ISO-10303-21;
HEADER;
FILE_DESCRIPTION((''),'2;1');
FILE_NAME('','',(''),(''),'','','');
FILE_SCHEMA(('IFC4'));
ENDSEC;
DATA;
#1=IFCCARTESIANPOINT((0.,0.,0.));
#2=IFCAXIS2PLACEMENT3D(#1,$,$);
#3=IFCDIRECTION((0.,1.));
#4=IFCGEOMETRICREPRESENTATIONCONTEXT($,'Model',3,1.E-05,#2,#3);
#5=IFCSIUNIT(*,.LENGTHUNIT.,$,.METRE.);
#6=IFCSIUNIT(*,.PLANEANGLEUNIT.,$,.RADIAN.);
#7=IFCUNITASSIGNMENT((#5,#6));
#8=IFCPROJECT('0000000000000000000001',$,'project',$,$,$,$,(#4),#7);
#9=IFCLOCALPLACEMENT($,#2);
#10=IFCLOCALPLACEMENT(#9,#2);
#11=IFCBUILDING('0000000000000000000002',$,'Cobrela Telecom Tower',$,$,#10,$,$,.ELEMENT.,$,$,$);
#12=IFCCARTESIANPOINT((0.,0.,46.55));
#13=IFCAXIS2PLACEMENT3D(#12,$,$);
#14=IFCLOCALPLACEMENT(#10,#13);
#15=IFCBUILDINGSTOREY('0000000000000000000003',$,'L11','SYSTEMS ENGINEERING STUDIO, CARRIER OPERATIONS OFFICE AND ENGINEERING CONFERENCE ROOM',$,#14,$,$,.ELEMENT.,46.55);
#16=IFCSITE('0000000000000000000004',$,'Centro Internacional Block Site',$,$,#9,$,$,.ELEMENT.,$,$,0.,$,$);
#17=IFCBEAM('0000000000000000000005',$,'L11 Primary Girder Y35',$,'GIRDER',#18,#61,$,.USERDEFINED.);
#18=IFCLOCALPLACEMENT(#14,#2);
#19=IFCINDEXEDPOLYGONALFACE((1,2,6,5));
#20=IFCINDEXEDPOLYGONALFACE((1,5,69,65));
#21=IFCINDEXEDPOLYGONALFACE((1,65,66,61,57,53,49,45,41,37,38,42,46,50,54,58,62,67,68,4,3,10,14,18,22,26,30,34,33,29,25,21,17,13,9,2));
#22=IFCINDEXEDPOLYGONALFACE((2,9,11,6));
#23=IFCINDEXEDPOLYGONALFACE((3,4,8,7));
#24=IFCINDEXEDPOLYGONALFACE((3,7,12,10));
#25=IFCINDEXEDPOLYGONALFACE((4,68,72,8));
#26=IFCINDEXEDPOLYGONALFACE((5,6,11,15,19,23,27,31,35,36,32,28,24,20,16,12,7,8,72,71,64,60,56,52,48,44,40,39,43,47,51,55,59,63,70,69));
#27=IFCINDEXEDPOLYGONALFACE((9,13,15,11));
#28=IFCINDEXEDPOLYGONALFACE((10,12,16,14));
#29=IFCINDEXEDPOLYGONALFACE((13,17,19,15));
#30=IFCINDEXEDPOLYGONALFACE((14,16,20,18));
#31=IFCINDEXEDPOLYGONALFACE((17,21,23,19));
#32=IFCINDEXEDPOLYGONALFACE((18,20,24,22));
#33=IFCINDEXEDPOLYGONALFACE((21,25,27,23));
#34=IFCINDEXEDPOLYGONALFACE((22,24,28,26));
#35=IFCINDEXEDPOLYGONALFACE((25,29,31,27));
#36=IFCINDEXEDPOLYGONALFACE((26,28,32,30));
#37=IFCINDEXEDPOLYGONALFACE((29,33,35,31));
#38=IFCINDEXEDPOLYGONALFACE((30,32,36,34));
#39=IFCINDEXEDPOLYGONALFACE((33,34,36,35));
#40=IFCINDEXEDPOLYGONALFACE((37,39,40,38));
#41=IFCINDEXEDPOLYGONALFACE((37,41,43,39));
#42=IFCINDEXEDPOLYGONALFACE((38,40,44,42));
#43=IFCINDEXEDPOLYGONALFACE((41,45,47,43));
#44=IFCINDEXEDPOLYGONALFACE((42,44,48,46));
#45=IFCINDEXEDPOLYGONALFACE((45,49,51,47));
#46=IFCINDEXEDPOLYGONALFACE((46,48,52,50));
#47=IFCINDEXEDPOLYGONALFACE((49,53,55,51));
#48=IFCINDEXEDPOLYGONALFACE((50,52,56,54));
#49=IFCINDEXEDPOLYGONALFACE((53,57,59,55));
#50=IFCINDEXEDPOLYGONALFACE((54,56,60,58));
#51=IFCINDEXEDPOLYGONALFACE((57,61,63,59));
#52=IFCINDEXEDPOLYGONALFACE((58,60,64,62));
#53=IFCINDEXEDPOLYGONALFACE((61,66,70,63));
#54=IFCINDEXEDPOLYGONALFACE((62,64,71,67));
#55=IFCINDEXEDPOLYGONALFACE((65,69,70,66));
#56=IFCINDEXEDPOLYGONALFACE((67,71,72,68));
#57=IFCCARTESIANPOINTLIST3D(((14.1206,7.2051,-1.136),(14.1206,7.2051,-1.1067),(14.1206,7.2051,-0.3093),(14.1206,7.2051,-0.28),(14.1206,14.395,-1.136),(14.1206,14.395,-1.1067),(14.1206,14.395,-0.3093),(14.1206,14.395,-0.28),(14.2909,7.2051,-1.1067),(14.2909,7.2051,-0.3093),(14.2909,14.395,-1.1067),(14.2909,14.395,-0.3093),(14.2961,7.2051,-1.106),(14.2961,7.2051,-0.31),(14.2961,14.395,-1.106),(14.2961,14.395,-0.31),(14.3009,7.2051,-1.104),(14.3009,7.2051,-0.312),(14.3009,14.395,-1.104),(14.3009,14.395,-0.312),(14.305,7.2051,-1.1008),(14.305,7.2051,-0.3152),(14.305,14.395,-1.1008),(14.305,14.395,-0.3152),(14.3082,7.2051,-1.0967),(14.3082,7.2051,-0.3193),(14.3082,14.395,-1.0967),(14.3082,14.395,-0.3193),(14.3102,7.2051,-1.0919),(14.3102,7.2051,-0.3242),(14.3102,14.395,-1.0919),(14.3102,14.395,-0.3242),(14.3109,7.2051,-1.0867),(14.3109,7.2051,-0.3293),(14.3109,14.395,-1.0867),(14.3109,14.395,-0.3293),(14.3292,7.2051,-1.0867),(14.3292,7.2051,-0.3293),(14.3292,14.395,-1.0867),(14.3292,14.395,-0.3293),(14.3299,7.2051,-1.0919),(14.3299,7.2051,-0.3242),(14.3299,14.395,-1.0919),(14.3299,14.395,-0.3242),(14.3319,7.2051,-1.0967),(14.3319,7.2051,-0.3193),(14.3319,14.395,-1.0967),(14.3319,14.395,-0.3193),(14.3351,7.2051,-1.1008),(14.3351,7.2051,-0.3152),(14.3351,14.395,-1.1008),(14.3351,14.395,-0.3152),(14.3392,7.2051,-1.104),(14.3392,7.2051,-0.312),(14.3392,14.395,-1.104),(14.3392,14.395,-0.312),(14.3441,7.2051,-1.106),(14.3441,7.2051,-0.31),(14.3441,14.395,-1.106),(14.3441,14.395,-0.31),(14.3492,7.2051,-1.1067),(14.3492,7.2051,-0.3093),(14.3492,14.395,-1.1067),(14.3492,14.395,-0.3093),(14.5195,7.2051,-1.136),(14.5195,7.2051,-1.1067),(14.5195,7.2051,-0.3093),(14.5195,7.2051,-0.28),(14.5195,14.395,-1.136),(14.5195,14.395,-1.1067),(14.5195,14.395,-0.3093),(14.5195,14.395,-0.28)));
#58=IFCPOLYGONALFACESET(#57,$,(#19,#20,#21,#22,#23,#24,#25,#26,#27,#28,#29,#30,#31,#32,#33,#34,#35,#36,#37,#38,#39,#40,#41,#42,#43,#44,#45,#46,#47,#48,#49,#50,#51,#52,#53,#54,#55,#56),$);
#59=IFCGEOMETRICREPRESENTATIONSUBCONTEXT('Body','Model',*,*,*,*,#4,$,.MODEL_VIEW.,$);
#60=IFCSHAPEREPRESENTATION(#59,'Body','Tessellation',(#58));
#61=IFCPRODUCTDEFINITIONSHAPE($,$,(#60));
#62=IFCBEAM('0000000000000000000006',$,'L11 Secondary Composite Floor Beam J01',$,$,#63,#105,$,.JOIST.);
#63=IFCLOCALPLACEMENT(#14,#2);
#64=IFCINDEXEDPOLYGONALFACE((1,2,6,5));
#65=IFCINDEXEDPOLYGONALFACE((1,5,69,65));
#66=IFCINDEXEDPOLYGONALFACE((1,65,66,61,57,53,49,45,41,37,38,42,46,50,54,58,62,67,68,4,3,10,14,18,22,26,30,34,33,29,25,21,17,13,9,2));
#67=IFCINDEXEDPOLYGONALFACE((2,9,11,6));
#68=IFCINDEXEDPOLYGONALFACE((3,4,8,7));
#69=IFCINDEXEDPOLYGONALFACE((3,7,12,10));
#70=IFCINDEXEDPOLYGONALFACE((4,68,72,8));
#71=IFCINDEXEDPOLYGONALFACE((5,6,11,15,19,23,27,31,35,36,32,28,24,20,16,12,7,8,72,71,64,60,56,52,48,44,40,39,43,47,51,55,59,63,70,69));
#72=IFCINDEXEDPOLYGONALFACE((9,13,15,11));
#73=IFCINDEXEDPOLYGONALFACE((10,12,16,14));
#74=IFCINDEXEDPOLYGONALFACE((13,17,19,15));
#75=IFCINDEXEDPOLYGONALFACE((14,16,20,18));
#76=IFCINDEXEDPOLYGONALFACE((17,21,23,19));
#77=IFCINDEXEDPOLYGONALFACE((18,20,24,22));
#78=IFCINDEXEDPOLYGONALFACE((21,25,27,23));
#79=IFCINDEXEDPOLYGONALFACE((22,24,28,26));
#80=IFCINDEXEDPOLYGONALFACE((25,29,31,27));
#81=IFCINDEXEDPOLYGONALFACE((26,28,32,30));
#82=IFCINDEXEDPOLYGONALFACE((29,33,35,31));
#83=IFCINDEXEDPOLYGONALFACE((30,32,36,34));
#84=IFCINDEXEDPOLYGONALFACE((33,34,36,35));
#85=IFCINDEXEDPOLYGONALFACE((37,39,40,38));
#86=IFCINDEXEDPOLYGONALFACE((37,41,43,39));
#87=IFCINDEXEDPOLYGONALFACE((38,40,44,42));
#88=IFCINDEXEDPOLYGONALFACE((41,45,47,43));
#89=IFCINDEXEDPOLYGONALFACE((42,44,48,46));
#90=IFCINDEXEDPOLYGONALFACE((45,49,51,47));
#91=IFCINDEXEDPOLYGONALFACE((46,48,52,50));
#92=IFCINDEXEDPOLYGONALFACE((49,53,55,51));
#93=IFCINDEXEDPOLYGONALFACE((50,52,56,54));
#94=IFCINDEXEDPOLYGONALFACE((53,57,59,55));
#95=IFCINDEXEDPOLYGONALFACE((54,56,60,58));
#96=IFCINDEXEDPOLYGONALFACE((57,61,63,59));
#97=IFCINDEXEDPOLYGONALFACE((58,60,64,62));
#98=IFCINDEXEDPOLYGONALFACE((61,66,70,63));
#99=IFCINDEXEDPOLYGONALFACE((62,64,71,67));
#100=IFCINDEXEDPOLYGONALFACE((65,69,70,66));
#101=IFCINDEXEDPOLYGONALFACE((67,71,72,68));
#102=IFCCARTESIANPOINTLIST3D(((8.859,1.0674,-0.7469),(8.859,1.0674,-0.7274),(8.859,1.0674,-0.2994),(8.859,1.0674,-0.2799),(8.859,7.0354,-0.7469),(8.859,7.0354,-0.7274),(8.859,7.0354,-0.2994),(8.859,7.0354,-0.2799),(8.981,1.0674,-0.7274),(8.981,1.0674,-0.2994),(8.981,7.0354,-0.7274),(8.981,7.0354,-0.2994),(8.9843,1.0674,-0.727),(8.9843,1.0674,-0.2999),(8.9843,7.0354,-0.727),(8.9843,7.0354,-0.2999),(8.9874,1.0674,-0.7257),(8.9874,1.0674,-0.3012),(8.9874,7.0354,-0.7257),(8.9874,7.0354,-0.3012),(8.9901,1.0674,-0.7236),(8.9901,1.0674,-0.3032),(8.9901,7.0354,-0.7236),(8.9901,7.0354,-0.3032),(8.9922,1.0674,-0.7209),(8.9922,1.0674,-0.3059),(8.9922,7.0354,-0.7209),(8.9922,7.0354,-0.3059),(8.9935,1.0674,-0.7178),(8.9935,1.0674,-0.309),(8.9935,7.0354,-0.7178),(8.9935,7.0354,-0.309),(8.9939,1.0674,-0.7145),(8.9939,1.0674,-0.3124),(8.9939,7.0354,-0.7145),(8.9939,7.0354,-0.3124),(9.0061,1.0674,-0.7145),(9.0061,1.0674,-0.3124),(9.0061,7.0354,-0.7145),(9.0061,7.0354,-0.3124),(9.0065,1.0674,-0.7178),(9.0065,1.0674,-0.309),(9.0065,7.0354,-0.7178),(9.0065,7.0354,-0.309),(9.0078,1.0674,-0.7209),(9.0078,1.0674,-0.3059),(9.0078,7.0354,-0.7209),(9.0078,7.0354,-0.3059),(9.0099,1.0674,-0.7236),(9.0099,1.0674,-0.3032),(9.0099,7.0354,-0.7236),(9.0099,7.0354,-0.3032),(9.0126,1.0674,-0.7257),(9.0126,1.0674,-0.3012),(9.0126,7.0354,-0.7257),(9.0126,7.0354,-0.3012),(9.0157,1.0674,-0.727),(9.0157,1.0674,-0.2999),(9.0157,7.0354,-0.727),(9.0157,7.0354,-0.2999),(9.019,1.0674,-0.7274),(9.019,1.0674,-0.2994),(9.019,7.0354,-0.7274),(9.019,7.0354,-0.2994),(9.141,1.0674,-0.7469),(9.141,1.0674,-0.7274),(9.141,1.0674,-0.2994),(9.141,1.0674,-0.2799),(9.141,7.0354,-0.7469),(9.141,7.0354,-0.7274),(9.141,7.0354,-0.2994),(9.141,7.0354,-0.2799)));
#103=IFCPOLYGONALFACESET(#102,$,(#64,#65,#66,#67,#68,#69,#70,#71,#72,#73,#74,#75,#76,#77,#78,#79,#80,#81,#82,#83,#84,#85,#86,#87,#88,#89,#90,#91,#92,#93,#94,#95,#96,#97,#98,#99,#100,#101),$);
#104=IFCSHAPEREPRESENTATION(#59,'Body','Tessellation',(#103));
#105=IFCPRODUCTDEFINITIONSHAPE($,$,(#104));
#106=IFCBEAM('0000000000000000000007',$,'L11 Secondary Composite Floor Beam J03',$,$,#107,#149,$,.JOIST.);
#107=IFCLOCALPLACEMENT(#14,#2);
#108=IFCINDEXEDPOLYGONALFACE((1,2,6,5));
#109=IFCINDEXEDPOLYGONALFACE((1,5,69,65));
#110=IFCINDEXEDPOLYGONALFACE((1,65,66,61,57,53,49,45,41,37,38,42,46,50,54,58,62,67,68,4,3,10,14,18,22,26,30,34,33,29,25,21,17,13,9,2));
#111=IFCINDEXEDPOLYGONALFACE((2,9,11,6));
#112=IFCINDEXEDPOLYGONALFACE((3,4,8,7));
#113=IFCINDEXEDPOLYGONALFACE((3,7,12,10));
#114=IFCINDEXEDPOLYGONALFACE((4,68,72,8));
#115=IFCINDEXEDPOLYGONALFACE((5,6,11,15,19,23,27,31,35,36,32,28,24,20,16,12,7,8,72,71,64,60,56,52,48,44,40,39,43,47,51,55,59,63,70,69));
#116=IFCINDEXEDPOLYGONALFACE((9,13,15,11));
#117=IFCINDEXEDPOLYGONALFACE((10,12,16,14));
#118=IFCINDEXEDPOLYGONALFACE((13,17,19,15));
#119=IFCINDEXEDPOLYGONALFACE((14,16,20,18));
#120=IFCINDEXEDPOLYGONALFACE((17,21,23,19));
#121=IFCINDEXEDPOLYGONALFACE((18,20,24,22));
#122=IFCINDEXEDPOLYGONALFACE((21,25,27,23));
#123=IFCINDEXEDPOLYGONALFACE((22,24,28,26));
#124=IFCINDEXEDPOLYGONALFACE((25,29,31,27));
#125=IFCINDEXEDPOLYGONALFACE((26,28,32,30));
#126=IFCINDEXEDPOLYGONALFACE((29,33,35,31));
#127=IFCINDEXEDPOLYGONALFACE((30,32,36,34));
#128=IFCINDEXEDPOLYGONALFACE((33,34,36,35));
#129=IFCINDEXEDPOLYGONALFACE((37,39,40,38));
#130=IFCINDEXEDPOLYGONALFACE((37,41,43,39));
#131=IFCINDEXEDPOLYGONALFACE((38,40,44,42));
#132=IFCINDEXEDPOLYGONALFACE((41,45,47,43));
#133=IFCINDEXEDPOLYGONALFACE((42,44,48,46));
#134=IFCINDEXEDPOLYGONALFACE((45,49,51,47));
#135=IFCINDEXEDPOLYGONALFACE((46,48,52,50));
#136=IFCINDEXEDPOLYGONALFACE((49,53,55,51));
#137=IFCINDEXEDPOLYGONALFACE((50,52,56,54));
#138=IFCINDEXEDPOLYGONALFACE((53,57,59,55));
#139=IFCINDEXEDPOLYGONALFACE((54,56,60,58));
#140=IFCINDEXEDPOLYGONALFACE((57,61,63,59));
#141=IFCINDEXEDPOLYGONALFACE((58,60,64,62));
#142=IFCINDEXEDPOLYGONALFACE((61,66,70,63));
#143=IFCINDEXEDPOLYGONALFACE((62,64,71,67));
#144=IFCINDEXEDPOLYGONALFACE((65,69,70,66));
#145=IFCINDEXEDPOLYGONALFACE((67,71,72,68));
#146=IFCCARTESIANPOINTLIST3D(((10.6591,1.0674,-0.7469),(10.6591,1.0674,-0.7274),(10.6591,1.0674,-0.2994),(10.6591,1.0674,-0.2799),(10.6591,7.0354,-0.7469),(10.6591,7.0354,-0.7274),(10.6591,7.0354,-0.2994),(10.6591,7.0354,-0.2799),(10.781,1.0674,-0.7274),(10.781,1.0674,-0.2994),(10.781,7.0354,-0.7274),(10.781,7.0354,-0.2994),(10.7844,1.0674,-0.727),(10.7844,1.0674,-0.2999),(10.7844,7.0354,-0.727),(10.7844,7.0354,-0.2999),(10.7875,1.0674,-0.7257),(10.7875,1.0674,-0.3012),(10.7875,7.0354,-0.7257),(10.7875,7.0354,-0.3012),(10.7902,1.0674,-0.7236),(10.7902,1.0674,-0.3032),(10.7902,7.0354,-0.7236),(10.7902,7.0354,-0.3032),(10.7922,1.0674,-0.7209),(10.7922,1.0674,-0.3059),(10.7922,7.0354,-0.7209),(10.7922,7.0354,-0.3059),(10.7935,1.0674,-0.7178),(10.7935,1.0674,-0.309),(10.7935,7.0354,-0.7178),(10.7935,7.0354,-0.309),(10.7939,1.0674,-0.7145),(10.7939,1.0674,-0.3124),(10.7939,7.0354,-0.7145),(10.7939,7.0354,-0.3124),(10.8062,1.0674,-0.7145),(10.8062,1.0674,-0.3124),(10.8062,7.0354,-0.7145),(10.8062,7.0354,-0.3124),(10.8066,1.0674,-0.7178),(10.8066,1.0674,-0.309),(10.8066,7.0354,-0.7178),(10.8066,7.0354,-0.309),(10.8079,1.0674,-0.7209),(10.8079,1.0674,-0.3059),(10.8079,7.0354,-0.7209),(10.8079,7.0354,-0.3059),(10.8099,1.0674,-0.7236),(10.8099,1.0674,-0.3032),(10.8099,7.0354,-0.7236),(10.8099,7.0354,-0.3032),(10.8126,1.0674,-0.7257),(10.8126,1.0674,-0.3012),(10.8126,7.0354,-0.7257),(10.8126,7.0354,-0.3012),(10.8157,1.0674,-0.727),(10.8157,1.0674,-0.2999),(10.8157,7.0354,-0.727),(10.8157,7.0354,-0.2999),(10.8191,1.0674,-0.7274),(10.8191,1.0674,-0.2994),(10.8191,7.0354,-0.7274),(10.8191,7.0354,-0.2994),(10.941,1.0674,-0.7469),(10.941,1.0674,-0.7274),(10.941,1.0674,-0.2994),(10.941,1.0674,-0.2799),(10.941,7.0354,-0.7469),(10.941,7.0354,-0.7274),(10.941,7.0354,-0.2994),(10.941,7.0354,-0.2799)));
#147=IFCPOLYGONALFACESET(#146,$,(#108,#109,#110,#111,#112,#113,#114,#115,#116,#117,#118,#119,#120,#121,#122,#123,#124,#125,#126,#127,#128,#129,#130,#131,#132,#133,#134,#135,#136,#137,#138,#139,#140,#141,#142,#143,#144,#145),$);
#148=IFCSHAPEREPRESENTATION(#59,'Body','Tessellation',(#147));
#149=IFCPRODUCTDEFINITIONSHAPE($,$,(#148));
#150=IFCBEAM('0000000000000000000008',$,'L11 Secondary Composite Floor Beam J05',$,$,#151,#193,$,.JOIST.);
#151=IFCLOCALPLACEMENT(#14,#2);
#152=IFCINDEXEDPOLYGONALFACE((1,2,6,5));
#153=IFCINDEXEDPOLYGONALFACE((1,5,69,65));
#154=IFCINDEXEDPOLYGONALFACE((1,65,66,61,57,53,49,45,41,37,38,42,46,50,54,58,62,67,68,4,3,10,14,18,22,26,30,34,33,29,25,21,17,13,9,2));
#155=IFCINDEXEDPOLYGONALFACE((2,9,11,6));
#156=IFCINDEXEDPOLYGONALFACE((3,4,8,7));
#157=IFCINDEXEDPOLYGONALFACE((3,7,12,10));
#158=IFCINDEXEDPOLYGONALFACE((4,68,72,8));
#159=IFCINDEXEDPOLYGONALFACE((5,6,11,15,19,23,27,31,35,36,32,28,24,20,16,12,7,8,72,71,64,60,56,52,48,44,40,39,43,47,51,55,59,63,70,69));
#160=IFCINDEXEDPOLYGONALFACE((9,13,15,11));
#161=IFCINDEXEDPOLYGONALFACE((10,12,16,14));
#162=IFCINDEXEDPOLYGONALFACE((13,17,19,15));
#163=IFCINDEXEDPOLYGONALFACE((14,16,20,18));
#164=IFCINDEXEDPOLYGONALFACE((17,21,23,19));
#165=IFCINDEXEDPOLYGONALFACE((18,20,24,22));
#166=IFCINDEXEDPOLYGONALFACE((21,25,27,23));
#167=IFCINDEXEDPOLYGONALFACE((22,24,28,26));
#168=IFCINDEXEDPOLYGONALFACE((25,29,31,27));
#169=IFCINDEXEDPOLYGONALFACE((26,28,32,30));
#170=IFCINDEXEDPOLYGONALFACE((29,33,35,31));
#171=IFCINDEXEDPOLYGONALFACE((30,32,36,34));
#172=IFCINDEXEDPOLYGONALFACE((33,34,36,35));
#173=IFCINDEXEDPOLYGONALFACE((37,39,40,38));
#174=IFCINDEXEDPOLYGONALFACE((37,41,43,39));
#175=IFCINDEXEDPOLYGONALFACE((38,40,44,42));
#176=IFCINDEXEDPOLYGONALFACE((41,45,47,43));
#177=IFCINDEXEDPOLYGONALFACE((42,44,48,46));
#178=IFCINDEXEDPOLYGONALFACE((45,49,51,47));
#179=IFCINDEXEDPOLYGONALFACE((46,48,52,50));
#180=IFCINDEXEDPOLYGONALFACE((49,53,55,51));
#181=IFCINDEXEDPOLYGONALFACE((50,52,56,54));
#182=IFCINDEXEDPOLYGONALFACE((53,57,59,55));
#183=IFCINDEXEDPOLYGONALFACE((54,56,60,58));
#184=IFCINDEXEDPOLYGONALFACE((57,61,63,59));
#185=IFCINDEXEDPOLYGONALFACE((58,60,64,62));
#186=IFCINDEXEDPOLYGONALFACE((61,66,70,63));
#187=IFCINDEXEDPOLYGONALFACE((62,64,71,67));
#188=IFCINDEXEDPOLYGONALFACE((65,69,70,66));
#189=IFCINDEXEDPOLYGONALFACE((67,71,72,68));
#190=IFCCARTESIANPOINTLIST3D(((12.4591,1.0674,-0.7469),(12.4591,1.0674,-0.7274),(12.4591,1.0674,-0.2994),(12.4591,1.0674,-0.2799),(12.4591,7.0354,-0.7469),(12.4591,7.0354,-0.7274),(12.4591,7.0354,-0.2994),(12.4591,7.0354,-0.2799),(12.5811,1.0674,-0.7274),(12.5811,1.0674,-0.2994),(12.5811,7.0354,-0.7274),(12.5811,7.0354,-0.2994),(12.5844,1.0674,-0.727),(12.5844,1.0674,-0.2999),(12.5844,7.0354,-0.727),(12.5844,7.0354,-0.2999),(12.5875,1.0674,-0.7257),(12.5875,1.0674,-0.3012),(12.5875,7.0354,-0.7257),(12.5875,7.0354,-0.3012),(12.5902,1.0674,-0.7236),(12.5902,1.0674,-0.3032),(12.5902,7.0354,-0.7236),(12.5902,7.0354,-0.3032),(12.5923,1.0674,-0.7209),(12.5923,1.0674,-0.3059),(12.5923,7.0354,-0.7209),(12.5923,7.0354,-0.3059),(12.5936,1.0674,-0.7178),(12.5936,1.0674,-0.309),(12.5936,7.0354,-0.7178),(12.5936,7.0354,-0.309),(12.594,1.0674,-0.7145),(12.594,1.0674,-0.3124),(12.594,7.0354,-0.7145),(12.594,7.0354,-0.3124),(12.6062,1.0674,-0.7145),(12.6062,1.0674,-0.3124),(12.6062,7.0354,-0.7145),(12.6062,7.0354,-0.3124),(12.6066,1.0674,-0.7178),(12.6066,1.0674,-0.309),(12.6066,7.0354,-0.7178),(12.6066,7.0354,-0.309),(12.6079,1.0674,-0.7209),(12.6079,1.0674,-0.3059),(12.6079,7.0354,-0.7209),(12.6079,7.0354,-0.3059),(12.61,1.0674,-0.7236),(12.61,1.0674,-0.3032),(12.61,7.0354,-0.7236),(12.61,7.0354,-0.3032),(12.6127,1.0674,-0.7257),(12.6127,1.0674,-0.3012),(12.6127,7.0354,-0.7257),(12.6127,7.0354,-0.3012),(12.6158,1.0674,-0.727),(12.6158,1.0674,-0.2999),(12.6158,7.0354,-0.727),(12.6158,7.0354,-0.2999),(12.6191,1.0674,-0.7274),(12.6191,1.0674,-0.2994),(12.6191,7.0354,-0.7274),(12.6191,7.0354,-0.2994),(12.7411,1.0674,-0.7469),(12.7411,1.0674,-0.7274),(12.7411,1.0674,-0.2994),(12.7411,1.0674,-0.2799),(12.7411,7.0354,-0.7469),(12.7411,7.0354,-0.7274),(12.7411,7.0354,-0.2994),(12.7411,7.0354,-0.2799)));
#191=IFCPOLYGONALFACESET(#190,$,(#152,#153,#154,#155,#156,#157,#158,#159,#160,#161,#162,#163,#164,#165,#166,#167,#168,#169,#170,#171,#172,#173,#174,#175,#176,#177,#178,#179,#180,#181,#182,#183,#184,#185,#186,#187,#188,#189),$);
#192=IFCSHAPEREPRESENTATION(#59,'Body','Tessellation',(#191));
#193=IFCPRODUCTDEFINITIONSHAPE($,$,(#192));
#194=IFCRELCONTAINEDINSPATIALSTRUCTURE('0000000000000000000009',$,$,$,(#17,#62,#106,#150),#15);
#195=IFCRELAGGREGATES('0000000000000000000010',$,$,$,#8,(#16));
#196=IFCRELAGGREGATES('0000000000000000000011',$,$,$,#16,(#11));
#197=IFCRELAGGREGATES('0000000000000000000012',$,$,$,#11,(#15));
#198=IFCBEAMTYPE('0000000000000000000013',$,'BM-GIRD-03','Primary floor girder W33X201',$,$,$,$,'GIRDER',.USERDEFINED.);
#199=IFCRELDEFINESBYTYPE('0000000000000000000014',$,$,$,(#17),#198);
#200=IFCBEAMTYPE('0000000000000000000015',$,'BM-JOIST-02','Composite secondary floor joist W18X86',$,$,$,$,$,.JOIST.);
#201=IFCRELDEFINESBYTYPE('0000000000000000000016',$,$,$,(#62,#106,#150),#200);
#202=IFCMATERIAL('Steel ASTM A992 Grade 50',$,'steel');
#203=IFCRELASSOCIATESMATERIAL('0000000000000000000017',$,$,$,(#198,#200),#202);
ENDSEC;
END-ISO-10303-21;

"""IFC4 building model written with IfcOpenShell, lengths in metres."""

from ifc_helpers import new_model, si_unit, direction, frame, origin, origin_2d, place, context, subcontext, project, spatial, i_section, extrude, material, material_profile, profile_set, type_object, element, save


model = new_model("IFC4")

# Units and contexts
model_context = context("Model", 3, precision=1e-05, world=origin(), true_north=direction((0.0, 1.0)))
body_context = subcontext(model_context, "Body", "Model", "MODEL_VIEW")
ifc_project = project(units=[si_unit("LENGTHUNIT", "METRE"), si_unit("PLANEANGLEUNIT", "RADIAN")], contexts=[model_context])

# Site, building, storey
site_placement = place(None, origin())
site = spatial("IfcSite", under=ifc_project, at=site_placement, Name="Centro Internacional Block Site", CompositionType="ELEMENT", RefElevation=0.0)
building_placement = place(site_placement, origin())
building = spatial("IfcBuilding", under=site, at=building_placement, Name="Cobrela Telecom Tower", CompositionType="ELEMENT")
storey_placement = place(building_placement, frame((0.0, 0.0, 46.55)))
storey = spatial("IfcBuildingStorey", under=building, at=storey_placement, Name="L11", Description="SYSTEMS ENGINEERING STUDIO, CARRIER OPERATIONS OFFICE AND ENGINEERING CONFERENCE ROOM", CompositionType="ELEMENT", Elevation=46.55)

# Beams
ifc_material_1 = material(Name="Steel ASTM A992 Grade 50", Category="steel")
ifc_material_profile_1 = material_profile(ifc_material_1, i_section(OverallWidth=0.3989, OverallDepth=0.856, WebThickness=0.0183, FlangeThickness=0.0293, FilletRadius=0.02, at=origin_2d()), Name="W33X201")
ifc_profile_set_1 = profile_set([ifc_material_profile_1], Name="Steel ASTM A992 Grade 50")
beam_type_1 = type_object("IfcBeamType", Name="BM-GIRD-03", Description="Primary floor girder W33X201", ElementType="GIRDER", PredefinedType="USERDEFINED", material=ifc_profile_set_1)
beam_1_placement = place(storey_placement, frame((14.3201, 7.2051, -0.708), z_axis=(0.0, 1.0, 0.0), x_axis=(-1.0, 0.0, 0.0)))
element("IfcBeam", 1, at=beam_1_placement, inside=storey, type_object=beam_type_1, Name="L11 Primary Girder Y35", ObjectType="GIRDER", PredefinedType="USERDEFINED", context=body_context, shape_type="SweptSolid", body=[
    extrude(i_section(OverallWidth=0.3989, OverallDepth=0.856, WebThickness=0.0183, FlangeThickness=0.0293, FilletRadius=0.02, at=origin_2d()), origin(), (0.0, 0.0, 1.0), 7.1899),
])
ifc_material_profile_2 = material_profile(ifc_material_1, i_section(OverallWidth=0.282, OverallDepth=0.467, WebThickness=0.0122, FlangeThickness=0.0195, FilletRadius=0.0129, at=origin_2d()), Name="W18X86")
ifc_profile_set_2 = profile_set([ifc_material_profile_2], Name="Steel ASTM A992 Grade 50")
beam_type_2 = type_object("IfcBeamType", Name="BM-JOIST-02", Description="Composite secondary floor joist W18X86", PredefinedType="JOIST", material=ifc_profile_set_2)
for number, where, z_axis, x_axis, name in (
    (2, (9.0, 1.0674, -0.5134), (0.0, 1.0, 0.0), (-1.0, 0.0, 0.0), "L11 Secondary Composite Floor Beam J01"),
    (3, (10.8, 1.0674, -0.5134), (0.0, 1.0, 0.0), (-1.0, 0.0, 0.0), "L11 Secondary Composite Floor Beam J03"),
    (4, (12.6001, 1.0674, -0.5134), (0.0, 1.0, 0.0), (-1.0, 0.0, 0.0), "L11 Secondary Composite Floor Beam J05"),
):
    element("IfcBeam", number, at=place(storey_placement, frame(where, z_axis=z_axis, x_axis=x_axis)), inside=storey, type_object=beam_type_2, Name=name, PredefinedType="JOIST", context=body_context, shape_type="SweptSolid", body=[
        extrude(i_section(OverallWidth=0.282, OverallDepth=0.467, WebThickness=0.0122, FlangeThickness=0.0195, FilletRadius=0.0129, at=origin_2d()), origin(), (0.0, 0.0, 1.0), 5.968),
    ])

save(model, "model.ifc")
